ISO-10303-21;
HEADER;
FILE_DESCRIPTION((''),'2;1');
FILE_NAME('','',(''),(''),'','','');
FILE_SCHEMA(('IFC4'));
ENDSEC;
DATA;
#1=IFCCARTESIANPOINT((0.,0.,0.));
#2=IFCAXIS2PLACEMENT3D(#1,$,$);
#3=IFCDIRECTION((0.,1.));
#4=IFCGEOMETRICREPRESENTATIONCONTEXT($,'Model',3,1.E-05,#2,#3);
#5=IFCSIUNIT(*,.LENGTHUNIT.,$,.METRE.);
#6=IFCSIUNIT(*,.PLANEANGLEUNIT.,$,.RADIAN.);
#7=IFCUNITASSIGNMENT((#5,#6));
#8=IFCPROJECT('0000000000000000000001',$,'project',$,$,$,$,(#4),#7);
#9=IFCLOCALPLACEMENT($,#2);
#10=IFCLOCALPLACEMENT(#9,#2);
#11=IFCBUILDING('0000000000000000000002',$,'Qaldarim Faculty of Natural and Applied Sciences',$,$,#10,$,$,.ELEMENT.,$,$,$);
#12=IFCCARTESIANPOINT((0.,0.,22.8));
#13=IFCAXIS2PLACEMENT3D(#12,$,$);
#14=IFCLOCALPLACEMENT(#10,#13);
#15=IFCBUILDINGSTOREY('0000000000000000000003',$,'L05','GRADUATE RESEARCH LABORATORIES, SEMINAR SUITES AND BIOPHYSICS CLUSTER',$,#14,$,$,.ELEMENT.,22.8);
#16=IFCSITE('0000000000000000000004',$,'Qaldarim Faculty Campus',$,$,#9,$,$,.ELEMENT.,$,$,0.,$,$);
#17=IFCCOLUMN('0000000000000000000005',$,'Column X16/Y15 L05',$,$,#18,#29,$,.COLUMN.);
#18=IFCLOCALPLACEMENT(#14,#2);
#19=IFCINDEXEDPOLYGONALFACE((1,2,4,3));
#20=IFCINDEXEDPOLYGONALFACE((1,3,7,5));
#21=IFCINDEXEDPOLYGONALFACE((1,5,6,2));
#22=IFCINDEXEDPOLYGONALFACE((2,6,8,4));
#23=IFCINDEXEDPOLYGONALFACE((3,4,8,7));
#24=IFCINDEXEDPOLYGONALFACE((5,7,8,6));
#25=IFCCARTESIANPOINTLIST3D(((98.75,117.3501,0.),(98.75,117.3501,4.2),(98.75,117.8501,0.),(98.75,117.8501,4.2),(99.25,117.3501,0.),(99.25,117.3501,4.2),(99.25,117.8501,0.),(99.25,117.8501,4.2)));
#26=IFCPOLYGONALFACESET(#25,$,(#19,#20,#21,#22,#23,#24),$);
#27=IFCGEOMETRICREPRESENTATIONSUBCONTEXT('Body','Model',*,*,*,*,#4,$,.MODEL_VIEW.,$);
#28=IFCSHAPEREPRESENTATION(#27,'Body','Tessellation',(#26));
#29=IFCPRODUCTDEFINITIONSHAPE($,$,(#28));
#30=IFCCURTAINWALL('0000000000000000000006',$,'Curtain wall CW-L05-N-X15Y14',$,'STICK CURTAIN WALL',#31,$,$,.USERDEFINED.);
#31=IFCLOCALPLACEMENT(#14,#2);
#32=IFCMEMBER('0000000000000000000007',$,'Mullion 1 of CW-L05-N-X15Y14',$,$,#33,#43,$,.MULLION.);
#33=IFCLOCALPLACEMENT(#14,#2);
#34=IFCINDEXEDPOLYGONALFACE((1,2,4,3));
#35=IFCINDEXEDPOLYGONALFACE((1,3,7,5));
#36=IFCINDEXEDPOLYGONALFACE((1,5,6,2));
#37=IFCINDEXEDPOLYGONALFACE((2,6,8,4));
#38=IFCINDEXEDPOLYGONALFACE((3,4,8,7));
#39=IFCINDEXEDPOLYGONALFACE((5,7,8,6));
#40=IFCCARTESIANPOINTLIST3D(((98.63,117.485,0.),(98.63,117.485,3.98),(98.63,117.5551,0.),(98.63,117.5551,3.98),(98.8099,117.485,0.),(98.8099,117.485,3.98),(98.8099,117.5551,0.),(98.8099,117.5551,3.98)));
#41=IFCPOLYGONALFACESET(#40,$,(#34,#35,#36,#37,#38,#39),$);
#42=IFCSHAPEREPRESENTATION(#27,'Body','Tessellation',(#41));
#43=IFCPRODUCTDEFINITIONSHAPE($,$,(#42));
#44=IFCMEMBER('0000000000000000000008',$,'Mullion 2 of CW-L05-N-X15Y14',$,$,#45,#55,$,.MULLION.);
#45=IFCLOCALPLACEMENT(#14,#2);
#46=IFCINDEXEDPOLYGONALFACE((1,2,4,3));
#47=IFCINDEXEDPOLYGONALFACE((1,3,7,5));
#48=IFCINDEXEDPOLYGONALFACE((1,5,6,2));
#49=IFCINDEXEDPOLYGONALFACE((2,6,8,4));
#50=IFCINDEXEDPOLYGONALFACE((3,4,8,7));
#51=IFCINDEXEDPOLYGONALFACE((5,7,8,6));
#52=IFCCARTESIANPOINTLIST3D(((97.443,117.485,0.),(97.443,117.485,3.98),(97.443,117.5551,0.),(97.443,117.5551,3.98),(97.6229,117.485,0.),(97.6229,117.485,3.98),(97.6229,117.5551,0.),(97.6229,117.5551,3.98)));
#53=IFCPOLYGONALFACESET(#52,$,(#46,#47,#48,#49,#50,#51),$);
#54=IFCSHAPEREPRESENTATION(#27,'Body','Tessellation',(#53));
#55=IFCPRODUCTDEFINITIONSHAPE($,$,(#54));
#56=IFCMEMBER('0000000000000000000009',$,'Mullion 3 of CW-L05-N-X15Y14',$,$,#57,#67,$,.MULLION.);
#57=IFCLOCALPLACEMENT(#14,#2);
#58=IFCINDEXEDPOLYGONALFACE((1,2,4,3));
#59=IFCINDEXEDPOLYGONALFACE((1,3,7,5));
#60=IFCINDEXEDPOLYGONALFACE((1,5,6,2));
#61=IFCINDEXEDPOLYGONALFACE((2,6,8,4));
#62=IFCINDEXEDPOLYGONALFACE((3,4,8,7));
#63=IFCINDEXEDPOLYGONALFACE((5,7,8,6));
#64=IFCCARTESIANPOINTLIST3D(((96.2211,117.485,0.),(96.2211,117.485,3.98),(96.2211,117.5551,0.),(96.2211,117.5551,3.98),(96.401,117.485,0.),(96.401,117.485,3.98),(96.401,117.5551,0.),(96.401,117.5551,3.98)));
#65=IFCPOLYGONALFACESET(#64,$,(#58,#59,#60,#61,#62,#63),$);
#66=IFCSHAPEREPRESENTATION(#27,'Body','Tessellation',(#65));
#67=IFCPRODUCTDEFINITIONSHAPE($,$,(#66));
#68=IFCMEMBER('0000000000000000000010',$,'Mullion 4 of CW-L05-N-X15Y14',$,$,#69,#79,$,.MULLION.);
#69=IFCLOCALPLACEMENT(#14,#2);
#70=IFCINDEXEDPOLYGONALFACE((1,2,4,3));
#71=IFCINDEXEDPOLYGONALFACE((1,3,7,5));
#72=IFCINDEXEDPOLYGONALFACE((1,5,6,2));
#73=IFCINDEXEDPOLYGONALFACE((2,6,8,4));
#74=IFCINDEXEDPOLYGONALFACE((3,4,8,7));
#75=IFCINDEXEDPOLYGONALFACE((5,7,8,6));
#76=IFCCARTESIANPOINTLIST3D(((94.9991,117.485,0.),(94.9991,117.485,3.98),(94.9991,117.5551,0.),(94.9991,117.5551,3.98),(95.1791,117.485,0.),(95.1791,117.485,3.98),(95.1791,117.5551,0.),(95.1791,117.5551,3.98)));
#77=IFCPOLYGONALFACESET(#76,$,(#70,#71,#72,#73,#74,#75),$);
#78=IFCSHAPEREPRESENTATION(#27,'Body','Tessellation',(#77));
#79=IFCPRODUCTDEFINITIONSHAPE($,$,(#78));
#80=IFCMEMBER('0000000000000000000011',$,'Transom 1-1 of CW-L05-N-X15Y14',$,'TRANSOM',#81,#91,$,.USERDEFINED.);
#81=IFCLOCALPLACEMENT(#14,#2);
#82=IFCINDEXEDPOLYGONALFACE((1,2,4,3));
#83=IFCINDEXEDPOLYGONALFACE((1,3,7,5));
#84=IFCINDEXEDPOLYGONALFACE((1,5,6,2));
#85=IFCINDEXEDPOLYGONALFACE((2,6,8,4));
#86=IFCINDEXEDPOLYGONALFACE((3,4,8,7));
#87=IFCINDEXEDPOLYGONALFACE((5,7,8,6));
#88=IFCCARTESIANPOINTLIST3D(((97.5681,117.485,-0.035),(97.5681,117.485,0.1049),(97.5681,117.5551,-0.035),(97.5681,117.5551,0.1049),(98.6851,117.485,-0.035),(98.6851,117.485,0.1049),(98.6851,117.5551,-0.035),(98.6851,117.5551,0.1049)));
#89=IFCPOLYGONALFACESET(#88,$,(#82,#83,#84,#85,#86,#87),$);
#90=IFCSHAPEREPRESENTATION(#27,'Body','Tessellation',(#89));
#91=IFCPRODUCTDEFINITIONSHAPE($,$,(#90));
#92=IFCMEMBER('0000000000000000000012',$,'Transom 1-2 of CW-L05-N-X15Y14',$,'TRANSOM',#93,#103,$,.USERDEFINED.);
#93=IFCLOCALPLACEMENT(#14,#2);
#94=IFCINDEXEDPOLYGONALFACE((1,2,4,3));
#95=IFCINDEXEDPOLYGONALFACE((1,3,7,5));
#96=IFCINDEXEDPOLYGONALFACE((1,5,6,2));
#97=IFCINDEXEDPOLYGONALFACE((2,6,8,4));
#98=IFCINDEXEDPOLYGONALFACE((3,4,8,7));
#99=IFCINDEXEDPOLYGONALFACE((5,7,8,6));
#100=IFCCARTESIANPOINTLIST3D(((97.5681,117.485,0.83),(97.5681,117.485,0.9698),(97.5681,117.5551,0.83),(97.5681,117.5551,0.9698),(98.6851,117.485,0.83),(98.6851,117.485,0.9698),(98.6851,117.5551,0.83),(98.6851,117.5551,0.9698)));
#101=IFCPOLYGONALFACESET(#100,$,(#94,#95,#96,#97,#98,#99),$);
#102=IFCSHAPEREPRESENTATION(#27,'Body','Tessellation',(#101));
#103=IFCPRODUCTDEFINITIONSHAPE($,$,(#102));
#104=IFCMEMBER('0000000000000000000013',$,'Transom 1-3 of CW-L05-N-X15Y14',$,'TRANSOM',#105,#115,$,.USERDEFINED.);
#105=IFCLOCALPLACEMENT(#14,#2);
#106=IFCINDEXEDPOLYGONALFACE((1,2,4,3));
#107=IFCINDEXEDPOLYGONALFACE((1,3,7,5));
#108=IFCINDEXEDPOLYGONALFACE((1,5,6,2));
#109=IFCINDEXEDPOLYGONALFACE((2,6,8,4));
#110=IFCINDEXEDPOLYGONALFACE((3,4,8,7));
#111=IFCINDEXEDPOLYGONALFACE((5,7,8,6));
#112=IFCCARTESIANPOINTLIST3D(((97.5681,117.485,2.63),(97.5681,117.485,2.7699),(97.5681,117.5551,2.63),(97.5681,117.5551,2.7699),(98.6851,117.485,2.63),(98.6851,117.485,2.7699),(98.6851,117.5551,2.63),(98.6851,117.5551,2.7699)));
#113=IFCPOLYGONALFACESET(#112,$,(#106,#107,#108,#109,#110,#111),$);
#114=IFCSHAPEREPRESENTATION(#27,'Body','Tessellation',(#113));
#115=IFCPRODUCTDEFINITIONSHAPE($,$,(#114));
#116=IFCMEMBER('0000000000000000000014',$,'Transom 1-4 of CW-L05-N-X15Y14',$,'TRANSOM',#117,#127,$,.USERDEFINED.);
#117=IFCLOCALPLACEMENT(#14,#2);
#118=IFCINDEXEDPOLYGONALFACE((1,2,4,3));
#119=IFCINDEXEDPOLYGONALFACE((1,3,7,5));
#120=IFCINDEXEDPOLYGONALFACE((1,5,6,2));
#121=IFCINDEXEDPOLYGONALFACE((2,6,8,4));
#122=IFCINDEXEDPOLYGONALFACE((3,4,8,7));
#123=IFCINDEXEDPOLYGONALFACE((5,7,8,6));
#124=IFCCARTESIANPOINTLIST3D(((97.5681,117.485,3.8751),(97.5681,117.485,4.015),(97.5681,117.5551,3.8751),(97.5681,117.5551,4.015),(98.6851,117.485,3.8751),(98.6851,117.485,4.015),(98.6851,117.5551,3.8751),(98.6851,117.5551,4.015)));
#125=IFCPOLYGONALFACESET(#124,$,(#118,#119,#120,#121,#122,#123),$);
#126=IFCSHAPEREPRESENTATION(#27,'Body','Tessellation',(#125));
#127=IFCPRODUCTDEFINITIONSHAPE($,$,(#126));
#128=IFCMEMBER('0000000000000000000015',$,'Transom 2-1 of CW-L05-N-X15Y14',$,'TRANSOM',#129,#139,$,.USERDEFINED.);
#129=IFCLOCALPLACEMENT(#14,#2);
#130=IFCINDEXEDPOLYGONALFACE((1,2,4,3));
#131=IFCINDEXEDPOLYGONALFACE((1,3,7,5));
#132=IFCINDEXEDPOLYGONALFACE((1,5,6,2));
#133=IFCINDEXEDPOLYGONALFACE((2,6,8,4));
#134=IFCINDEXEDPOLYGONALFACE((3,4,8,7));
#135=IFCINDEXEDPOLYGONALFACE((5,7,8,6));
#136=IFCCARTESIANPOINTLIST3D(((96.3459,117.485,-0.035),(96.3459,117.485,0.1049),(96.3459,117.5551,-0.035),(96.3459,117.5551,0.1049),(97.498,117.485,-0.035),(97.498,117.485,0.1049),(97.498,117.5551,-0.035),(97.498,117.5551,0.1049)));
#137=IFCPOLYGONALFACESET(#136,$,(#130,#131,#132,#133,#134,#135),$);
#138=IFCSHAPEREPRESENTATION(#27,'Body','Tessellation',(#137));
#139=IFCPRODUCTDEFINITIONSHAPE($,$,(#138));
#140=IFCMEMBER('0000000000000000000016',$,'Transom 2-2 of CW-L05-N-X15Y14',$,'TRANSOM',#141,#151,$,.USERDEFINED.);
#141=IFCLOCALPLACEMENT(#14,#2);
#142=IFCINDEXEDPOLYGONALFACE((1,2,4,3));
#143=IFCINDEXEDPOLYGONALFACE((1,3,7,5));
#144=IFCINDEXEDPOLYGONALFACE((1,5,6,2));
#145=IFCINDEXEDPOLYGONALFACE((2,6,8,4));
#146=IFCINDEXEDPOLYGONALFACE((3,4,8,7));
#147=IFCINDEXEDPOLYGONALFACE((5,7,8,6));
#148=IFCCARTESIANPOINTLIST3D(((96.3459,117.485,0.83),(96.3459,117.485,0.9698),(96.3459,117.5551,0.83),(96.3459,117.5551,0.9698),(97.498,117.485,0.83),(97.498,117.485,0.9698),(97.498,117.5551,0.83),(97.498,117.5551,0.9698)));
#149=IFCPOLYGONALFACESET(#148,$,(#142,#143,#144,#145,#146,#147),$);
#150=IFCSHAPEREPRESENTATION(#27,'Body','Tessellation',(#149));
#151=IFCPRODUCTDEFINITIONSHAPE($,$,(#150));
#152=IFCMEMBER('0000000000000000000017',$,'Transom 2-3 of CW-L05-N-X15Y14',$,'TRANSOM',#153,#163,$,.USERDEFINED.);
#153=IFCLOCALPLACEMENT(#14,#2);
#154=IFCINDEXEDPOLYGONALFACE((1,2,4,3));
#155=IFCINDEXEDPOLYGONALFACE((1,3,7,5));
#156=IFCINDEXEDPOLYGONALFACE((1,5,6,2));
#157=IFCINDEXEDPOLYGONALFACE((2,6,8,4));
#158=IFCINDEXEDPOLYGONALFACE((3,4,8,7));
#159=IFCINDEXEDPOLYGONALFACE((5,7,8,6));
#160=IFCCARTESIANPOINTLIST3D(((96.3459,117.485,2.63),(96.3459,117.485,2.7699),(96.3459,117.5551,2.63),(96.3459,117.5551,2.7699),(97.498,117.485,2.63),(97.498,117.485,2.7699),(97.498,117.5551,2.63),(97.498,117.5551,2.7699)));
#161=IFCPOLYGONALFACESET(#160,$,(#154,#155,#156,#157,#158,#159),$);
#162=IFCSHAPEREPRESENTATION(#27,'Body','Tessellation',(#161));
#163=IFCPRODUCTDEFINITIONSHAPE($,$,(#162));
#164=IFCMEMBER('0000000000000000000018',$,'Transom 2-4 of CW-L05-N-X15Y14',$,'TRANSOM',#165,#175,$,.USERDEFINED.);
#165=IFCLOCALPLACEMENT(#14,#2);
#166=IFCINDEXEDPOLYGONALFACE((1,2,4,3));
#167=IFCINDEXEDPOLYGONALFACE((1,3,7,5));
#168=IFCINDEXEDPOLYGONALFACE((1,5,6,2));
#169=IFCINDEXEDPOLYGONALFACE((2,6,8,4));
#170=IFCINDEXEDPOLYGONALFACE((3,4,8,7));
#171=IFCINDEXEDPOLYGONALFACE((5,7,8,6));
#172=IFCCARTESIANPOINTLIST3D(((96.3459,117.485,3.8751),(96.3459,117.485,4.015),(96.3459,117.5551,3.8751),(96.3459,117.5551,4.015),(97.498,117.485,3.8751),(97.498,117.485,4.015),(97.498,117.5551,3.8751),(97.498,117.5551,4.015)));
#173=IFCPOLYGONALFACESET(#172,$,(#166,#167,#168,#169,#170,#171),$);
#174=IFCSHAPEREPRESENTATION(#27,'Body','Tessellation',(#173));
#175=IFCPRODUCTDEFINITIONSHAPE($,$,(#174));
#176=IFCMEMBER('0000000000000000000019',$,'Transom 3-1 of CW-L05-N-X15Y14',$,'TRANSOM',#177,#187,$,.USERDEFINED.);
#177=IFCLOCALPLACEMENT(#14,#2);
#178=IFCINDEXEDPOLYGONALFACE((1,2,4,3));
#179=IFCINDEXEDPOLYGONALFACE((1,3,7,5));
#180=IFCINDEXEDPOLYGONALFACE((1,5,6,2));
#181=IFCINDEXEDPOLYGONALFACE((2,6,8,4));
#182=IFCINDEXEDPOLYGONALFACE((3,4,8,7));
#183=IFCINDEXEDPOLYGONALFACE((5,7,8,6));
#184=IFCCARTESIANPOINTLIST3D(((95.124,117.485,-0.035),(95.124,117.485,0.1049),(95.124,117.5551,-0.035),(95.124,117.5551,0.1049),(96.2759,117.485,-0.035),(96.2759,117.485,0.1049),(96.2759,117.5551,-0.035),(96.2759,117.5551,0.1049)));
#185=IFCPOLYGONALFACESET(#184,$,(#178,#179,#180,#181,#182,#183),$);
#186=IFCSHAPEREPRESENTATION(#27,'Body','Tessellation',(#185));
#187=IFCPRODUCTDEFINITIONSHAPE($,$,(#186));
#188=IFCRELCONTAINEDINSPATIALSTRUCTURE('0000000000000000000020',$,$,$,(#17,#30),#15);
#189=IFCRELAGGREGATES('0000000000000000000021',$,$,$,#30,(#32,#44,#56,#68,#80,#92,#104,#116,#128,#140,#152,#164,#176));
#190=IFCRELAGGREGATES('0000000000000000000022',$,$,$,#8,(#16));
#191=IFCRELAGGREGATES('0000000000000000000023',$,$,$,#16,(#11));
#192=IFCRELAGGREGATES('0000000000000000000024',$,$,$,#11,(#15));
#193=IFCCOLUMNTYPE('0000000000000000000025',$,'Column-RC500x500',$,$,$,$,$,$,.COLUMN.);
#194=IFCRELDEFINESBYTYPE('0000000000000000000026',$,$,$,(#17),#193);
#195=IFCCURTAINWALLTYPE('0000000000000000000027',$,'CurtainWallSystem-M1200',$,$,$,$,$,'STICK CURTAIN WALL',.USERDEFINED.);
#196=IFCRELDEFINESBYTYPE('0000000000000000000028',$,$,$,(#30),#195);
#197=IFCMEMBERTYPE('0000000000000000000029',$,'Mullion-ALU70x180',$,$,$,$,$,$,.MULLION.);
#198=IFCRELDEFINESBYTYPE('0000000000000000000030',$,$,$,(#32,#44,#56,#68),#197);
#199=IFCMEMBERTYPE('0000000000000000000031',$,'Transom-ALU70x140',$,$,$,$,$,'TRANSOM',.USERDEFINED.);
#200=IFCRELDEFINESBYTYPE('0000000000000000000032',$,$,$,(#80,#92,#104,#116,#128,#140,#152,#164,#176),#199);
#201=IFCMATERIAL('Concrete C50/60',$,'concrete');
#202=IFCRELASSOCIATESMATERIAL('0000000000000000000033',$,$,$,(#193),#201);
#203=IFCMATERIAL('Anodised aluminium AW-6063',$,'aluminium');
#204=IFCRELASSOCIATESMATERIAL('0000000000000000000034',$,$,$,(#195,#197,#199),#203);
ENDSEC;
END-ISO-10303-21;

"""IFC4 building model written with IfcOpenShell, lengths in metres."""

from ifc_helpers import new_model, si_unit, direction, frame, origin, origin_2d, place, context, subcontext, project, spatial, rectangle, extrude, material, material_profile, profile_set, type_object, element, aggregate, save


model = new_model("IFC4")

# Units and contexts
model_context = context("Model", 3, precision=1e-05, world=origin(), true_north=direction((0.0, 1.0)))
body_context = subcontext(model_context, "Body", "Model", "MODEL_VIEW")
ifc_project = project(units=[si_unit("LENGTHUNIT", "METRE"), si_unit("PLANEANGLEUNIT", "RADIAN")], contexts=[model_context])

# Site, building, storey
site_placement = place(None, origin())
site = spatial("IfcSite", under=ifc_project, at=site_placement, Name="Qaldarim Faculty Campus", CompositionType="ELEMENT", RefElevation=0.0)
building_placement = place(site_placement, origin())
building = spatial("IfcBuilding", under=site, at=building_placement, Name="Qaldarim Faculty of Natural and Applied Sciences", CompositionType="ELEMENT")
storey_placement = place(building_placement, frame((0.0, 0.0, 22.8)))
storey = spatial("IfcBuildingStorey", under=building, at=storey_placement, Name="L05", Description="GRADUATE RESEARCH LABORATORIES, SEMINAR SUITES AND BIOPHYSICS CLUSTER", CompositionType="ELEMENT", Elevation=22.8)

# Column
ifc_material_1 = material(Name="Concrete C50/60", Category="concrete")
ifc_material_profile_1 = material_profile(ifc_material_1, rectangle(XDim=0.5, YDim=0.5, at=origin_2d()), Name="RC-C500x500")
ifc_profile_set_1 = profile_set([ifc_material_profile_1], Name="Concrete C50/60")
column_type = type_object("IfcColumnType", Name="Column-RC500x500", PredefinedType="COLUMN", material=ifc_profile_set_1)
column_placement = place(storey_placement, frame((99.0, 117.6001, 0.0), z_axis=(0.0, 0.0, 1.0), x_axis=(1.0, 0.0, 0.0)))
element("IfcColumn", 1, at=column_placement, inside=storey, type_object=column_type, Name="Column X16/Y15 L05", PredefinedType="COLUMN", context=body_context, shape_type="SweptSolid", body=[
    extrude(rectangle(XDim=0.5, YDim=0.5, at=origin_2d()), origin(), (0.0, 0.0, 1.0), 4.2),
])

# Curtain wall, members
ifc_material_2 = material(Name="Anodised aluminium AW-6063", Category="aluminium")
curtain_wall_type = type_object("IfcCurtainWallType", Name="CurtainWallSystem-M1200", ElementType="STICK CURTAIN WALL", PredefinedType="USERDEFINED", material=ifc_material_2)
curtain_wall_placement = place(storey_placement, origin())
curtain_wall = element("IfcCurtainWall", 2, at=curtain_wall_placement, inside=storey, type_object=curtain_wall_type, Name="Curtain wall CW-L05-N-X15Y14", ObjectType="STICK CURTAIN WALL", PredefinedType="USERDEFINED")
ifc_material_profile_2 = material_profile(ifc_material_2, rectangle(XDim=0.0701, YDim=0.1799, at=origin_2d()), Name="ALU-M70x180")
ifc_profile_set_2 = profile_set([ifc_material_profile_2], Name="Anodised aluminium AW-6063")
member_type_1 = type_object("IfcMemberType", Name="Mullion-ALU70x180", PredefinedType="MULLION", material=ifc_profile_set_2)
member_1_placement = place(storey_placement, frame((98.72, 117.52, 0.0), z_axis=(0.0, 0.0, 1.0), x_axis=(0.0, -1.0, 0.0)))
member_1 = element("IfcMember", 3, at=member_1_placement, type_object=member_type_1, Name="Mullion 1 of CW-L05-N-X15Y14", PredefinedType="MULLION", context=body_context, shape_type="SweptSolid", body=[
    extrude(rectangle(XDim=0.0701, YDim=0.1799, at=origin_2d()), origin(), (0.0, 0.0, 1.0), 3.98),
])
member_2_placement = place(storey_placement, frame((97.533, 117.52, 0.0), z_axis=(0.0, 0.0, 1.0), x_axis=(0.0, -1.0, 0.0)))
member_2 = element("IfcMember", 4, at=member_2_placement, type_object=member_type_1, Name="Mullion 2 of CW-L05-N-X15Y14", PredefinedType="MULLION", context=body_context, shape_type="SweptSolid", body=[
    extrude(rectangle(XDim=0.0701, YDim=0.1799, at=origin_2d()), origin(), (0.0, 0.0, 1.0), 3.98),
])
member_3_placement = place(storey_placement, frame((96.311, 117.52, 0.0), z_axis=(0.0, 0.0, 1.0), x_axis=(0.0, -1.0, 0.0)))
member_3 = element("IfcMember", 5, at=member_3_placement, type_object=member_type_1, Name="Mullion 3 of CW-L05-N-X15Y14", PredefinedType="MULLION", context=body_context, shape_type="SweptSolid", body=[
    extrude(rectangle(XDim=0.0701, YDim=0.1799, at=origin_2d()), origin(), (0.0, 0.0, 1.0), 3.98),
])
member_4_placement = place(storey_placement, frame((95.0891, 117.52, 0.0), z_axis=(0.0, 0.0, 1.0), x_axis=(0.0, -1.0, 0.0)))
member_4 = element("IfcMember", 6, at=member_4_placement, type_object=member_type_1, Name="Mullion 4 of CW-L05-N-X15Y14", PredefinedType="MULLION", context=body_context, shape_type="SweptSolid", body=[
    extrude(rectangle(XDim=0.0701, YDim=0.1799, at=origin_2d()), origin(), (0.0, 0.0, 1.0), 3.98),
])
ifc_material_profile_3 = material_profile(ifc_material_2, rectangle(XDim=0.0701, YDim=0.1399, at=origin_2d()), Name="ALU-T70x140")
ifc_profile_set_3 = profile_set([ifc_material_profile_3], Name="Anodised aluminium AW-6063")
member_type_2 = type_object("IfcMemberType", Name="Transom-ALU70x140", ElementType="TRANSOM", PredefinedType="USERDEFINED", material=ifc_profile_set_3)
member_5_placement = place(storey_placement, frame((98.6851, 117.52, 0.0349), z_axis=(-1.0, 0.0, 0.0), x_axis=(0.0, -1.0, 0.0)))
member_5 = element("IfcMember", 7, at=member_5_placement, type_object=member_type_2, Name="Transom 1-1 of CW-L05-N-X15Y14", ObjectType="TRANSOM", PredefinedType="USERDEFINED", context=body_context, shape_type="SweptSolid", body=[
    extrude(rectangle(XDim=0.0701, YDim=0.1399, at=origin_2d()), origin(), (0.0, 0.0, 1.0), 1.1169),
])
member_6_placement = place(storey_placement, frame((98.6851, 117.52, 0.8999), z_axis=(-1.0, 0.0, 0.0), x_axis=(0.0, -1.0, 0.0)))
member_6 = element("IfcMember", 8, at=member_6_placement, type_object=member_type_2, Name="Transom 1-2 of CW-L05-N-X15Y14", ObjectType="TRANSOM", PredefinedType="USERDEFINED", context=body_context, shape_type="SweptSolid", body=[
    extrude(rectangle(XDim=0.0701, YDim=0.1399, at=origin_2d()), origin(), (0.0, 0.0, 1.0), 1.1169),
])
member_7_placement = place(storey_placement, frame((98.6851, 117.52, 2.7), z_axis=(-1.0, 0.0, 0.0), x_axis=(0.0, -1.0, 0.0)))
member_7 = element("IfcMember", 9, at=member_7_placement, type_object=member_type_2, Name="Transom 1-3 of CW-L05-N-X15Y14", ObjectType="TRANSOM", PredefinedType="USERDEFINED", context=body_context, shape_type="SweptSolid", body=[
    extrude(rectangle(XDim=0.0701, YDim=0.1399, at=origin_2d()), origin(), (0.0, 0.0, 1.0), 1.1169),
])
member_8_placement = place(storey_placement, frame((98.6851, 117.52, 3.9451), z_axis=(-1.0, 0.0, 0.0), x_axis=(0.0, -1.0, 0.0)))
member_8 = element("IfcMember", 10, at=member_8_placement, type_object=member_type_2, Name="Transom 1-4 of CW-L05-N-X15Y14", ObjectType="TRANSOM", PredefinedType="USERDEFINED", context=body_context, shape_type="SweptSolid", body=[
    extrude(rectangle(XDim=0.0701, YDim=0.1399, at=origin_2d()), origin(), (0.0, 0.0, 1.0), 1.1169),
])
member_9_placement = place(storey_placement, frame((97.498, 117.52, 0.0349), z_axis=(-1.0, 0.0, 0.0), x_axis=(0.0, -1.0, 0.0)))
member_9 = element("IfcMember", 11, at=member_9_placement, type_object=member_type_2, Name="Transom 2-1 of CW-L05-N-X15Y14", ObjectType="TRANSOM", PredefinedType="USERDEFINED", context=body_context, shape_type="SweptSolid", body=[
    extrude(rectangle(XDim=0.0701, YDim=0.1399, at=origin_2d()), origin(), (0.0, 0.0, 1.0), 1.1521),
])
member_10_placement = place(storey_placement, frame((97.498, 117.52, 0.8999), z_axis=(-1.0, 0.0, 0.0), x_axis=(0.0, -1.0, 0.0)))
member_10 = element("IfcMember", 12, at=member_10_placement, type_object=member_type_2, Name="Transom 2-2 of CW-L05-N-X15Y14", ObjectType="TRANSOM", PredefinedType="USERDEFINED", context=body_context, shape_type="SweptSolid", body=[
    extrude(rectangle(XDim=0.0701, YDim=0.1399, at=origin_2d()), origin(), (0.0, 0.0, 1.0), 1.1521),
])
member_11_placement = place(storey_placement, frame((97.498, 117.52, 2.7), z_axis=(-1.0, 0.0, 0.0), x_axis=(0.0, -1.0, 0.0)))
member_11 = element("IfcMember", 13, at=member_11_placement, type_object=member_type_2, Name="Transom 2-3 of CW-L05-N-X15Y14", ObjectType="TRANSOM", PredefinedType="USERDEFINED", context=body_context, shape_type="SweptSolid", body=[
    extrude(rectangle(XDim=0.0701, YDim=0.1399, at=origin_2d()), origin(), (0.0, 0.0, 1.0), 1.1521),
])
member_12_placement = place(storey_placement, frame((97.498, 117.52, 3.9451), z_axis=(-1.0, 0.0, 0.0), x_axis=(0.0, -1.0, 0.0)))
member_12 = element("IfcMember", 14, at=member_12_placement, type_object=member_type_2, Name="Transom 2-4 of CW-L05-N-X15Y14", ObjectType="TRANSOM", PredefinedType="USERDEFINED", context=body_context, shape_type="SweptSolid", body=[
    extrude(rectangle(XDim=0.0701, YDim=0.1399, at=origin_2d()), origin(), (0.0, 0.0, 1.0), 1.1521),
])
member_13_placement = place(storey_placement, frame((96.2759, 117.52, 0.0349), z_axis=(-1.0, 0.0, 0.0), x_axis=(0.0, -1.0, 0.0)))
member_13 = element("IfcMember", 15, at=member_13_placement, type_object=member_type_2, Name="Transom 3-1 of CW-L05-N-X15Y14", ObjectType="TRANSOM", PredefinedType="USERDEFINED", context=body_context, shape_type="SweptSolid", body=[
    extrude(rectangle(XDim=0.0701, YDim=0.1399, at=origin_2d()), origin(), (0.0, 0.0, 1.0), 1.1519),
])
aggregate(curtain_wall, [member_1, member_2, member_3, member_4, member_5, member_6, member_7, member_8, member_9, member_10, member_11, member_12, member_13])

save(model, "model.ifc")
